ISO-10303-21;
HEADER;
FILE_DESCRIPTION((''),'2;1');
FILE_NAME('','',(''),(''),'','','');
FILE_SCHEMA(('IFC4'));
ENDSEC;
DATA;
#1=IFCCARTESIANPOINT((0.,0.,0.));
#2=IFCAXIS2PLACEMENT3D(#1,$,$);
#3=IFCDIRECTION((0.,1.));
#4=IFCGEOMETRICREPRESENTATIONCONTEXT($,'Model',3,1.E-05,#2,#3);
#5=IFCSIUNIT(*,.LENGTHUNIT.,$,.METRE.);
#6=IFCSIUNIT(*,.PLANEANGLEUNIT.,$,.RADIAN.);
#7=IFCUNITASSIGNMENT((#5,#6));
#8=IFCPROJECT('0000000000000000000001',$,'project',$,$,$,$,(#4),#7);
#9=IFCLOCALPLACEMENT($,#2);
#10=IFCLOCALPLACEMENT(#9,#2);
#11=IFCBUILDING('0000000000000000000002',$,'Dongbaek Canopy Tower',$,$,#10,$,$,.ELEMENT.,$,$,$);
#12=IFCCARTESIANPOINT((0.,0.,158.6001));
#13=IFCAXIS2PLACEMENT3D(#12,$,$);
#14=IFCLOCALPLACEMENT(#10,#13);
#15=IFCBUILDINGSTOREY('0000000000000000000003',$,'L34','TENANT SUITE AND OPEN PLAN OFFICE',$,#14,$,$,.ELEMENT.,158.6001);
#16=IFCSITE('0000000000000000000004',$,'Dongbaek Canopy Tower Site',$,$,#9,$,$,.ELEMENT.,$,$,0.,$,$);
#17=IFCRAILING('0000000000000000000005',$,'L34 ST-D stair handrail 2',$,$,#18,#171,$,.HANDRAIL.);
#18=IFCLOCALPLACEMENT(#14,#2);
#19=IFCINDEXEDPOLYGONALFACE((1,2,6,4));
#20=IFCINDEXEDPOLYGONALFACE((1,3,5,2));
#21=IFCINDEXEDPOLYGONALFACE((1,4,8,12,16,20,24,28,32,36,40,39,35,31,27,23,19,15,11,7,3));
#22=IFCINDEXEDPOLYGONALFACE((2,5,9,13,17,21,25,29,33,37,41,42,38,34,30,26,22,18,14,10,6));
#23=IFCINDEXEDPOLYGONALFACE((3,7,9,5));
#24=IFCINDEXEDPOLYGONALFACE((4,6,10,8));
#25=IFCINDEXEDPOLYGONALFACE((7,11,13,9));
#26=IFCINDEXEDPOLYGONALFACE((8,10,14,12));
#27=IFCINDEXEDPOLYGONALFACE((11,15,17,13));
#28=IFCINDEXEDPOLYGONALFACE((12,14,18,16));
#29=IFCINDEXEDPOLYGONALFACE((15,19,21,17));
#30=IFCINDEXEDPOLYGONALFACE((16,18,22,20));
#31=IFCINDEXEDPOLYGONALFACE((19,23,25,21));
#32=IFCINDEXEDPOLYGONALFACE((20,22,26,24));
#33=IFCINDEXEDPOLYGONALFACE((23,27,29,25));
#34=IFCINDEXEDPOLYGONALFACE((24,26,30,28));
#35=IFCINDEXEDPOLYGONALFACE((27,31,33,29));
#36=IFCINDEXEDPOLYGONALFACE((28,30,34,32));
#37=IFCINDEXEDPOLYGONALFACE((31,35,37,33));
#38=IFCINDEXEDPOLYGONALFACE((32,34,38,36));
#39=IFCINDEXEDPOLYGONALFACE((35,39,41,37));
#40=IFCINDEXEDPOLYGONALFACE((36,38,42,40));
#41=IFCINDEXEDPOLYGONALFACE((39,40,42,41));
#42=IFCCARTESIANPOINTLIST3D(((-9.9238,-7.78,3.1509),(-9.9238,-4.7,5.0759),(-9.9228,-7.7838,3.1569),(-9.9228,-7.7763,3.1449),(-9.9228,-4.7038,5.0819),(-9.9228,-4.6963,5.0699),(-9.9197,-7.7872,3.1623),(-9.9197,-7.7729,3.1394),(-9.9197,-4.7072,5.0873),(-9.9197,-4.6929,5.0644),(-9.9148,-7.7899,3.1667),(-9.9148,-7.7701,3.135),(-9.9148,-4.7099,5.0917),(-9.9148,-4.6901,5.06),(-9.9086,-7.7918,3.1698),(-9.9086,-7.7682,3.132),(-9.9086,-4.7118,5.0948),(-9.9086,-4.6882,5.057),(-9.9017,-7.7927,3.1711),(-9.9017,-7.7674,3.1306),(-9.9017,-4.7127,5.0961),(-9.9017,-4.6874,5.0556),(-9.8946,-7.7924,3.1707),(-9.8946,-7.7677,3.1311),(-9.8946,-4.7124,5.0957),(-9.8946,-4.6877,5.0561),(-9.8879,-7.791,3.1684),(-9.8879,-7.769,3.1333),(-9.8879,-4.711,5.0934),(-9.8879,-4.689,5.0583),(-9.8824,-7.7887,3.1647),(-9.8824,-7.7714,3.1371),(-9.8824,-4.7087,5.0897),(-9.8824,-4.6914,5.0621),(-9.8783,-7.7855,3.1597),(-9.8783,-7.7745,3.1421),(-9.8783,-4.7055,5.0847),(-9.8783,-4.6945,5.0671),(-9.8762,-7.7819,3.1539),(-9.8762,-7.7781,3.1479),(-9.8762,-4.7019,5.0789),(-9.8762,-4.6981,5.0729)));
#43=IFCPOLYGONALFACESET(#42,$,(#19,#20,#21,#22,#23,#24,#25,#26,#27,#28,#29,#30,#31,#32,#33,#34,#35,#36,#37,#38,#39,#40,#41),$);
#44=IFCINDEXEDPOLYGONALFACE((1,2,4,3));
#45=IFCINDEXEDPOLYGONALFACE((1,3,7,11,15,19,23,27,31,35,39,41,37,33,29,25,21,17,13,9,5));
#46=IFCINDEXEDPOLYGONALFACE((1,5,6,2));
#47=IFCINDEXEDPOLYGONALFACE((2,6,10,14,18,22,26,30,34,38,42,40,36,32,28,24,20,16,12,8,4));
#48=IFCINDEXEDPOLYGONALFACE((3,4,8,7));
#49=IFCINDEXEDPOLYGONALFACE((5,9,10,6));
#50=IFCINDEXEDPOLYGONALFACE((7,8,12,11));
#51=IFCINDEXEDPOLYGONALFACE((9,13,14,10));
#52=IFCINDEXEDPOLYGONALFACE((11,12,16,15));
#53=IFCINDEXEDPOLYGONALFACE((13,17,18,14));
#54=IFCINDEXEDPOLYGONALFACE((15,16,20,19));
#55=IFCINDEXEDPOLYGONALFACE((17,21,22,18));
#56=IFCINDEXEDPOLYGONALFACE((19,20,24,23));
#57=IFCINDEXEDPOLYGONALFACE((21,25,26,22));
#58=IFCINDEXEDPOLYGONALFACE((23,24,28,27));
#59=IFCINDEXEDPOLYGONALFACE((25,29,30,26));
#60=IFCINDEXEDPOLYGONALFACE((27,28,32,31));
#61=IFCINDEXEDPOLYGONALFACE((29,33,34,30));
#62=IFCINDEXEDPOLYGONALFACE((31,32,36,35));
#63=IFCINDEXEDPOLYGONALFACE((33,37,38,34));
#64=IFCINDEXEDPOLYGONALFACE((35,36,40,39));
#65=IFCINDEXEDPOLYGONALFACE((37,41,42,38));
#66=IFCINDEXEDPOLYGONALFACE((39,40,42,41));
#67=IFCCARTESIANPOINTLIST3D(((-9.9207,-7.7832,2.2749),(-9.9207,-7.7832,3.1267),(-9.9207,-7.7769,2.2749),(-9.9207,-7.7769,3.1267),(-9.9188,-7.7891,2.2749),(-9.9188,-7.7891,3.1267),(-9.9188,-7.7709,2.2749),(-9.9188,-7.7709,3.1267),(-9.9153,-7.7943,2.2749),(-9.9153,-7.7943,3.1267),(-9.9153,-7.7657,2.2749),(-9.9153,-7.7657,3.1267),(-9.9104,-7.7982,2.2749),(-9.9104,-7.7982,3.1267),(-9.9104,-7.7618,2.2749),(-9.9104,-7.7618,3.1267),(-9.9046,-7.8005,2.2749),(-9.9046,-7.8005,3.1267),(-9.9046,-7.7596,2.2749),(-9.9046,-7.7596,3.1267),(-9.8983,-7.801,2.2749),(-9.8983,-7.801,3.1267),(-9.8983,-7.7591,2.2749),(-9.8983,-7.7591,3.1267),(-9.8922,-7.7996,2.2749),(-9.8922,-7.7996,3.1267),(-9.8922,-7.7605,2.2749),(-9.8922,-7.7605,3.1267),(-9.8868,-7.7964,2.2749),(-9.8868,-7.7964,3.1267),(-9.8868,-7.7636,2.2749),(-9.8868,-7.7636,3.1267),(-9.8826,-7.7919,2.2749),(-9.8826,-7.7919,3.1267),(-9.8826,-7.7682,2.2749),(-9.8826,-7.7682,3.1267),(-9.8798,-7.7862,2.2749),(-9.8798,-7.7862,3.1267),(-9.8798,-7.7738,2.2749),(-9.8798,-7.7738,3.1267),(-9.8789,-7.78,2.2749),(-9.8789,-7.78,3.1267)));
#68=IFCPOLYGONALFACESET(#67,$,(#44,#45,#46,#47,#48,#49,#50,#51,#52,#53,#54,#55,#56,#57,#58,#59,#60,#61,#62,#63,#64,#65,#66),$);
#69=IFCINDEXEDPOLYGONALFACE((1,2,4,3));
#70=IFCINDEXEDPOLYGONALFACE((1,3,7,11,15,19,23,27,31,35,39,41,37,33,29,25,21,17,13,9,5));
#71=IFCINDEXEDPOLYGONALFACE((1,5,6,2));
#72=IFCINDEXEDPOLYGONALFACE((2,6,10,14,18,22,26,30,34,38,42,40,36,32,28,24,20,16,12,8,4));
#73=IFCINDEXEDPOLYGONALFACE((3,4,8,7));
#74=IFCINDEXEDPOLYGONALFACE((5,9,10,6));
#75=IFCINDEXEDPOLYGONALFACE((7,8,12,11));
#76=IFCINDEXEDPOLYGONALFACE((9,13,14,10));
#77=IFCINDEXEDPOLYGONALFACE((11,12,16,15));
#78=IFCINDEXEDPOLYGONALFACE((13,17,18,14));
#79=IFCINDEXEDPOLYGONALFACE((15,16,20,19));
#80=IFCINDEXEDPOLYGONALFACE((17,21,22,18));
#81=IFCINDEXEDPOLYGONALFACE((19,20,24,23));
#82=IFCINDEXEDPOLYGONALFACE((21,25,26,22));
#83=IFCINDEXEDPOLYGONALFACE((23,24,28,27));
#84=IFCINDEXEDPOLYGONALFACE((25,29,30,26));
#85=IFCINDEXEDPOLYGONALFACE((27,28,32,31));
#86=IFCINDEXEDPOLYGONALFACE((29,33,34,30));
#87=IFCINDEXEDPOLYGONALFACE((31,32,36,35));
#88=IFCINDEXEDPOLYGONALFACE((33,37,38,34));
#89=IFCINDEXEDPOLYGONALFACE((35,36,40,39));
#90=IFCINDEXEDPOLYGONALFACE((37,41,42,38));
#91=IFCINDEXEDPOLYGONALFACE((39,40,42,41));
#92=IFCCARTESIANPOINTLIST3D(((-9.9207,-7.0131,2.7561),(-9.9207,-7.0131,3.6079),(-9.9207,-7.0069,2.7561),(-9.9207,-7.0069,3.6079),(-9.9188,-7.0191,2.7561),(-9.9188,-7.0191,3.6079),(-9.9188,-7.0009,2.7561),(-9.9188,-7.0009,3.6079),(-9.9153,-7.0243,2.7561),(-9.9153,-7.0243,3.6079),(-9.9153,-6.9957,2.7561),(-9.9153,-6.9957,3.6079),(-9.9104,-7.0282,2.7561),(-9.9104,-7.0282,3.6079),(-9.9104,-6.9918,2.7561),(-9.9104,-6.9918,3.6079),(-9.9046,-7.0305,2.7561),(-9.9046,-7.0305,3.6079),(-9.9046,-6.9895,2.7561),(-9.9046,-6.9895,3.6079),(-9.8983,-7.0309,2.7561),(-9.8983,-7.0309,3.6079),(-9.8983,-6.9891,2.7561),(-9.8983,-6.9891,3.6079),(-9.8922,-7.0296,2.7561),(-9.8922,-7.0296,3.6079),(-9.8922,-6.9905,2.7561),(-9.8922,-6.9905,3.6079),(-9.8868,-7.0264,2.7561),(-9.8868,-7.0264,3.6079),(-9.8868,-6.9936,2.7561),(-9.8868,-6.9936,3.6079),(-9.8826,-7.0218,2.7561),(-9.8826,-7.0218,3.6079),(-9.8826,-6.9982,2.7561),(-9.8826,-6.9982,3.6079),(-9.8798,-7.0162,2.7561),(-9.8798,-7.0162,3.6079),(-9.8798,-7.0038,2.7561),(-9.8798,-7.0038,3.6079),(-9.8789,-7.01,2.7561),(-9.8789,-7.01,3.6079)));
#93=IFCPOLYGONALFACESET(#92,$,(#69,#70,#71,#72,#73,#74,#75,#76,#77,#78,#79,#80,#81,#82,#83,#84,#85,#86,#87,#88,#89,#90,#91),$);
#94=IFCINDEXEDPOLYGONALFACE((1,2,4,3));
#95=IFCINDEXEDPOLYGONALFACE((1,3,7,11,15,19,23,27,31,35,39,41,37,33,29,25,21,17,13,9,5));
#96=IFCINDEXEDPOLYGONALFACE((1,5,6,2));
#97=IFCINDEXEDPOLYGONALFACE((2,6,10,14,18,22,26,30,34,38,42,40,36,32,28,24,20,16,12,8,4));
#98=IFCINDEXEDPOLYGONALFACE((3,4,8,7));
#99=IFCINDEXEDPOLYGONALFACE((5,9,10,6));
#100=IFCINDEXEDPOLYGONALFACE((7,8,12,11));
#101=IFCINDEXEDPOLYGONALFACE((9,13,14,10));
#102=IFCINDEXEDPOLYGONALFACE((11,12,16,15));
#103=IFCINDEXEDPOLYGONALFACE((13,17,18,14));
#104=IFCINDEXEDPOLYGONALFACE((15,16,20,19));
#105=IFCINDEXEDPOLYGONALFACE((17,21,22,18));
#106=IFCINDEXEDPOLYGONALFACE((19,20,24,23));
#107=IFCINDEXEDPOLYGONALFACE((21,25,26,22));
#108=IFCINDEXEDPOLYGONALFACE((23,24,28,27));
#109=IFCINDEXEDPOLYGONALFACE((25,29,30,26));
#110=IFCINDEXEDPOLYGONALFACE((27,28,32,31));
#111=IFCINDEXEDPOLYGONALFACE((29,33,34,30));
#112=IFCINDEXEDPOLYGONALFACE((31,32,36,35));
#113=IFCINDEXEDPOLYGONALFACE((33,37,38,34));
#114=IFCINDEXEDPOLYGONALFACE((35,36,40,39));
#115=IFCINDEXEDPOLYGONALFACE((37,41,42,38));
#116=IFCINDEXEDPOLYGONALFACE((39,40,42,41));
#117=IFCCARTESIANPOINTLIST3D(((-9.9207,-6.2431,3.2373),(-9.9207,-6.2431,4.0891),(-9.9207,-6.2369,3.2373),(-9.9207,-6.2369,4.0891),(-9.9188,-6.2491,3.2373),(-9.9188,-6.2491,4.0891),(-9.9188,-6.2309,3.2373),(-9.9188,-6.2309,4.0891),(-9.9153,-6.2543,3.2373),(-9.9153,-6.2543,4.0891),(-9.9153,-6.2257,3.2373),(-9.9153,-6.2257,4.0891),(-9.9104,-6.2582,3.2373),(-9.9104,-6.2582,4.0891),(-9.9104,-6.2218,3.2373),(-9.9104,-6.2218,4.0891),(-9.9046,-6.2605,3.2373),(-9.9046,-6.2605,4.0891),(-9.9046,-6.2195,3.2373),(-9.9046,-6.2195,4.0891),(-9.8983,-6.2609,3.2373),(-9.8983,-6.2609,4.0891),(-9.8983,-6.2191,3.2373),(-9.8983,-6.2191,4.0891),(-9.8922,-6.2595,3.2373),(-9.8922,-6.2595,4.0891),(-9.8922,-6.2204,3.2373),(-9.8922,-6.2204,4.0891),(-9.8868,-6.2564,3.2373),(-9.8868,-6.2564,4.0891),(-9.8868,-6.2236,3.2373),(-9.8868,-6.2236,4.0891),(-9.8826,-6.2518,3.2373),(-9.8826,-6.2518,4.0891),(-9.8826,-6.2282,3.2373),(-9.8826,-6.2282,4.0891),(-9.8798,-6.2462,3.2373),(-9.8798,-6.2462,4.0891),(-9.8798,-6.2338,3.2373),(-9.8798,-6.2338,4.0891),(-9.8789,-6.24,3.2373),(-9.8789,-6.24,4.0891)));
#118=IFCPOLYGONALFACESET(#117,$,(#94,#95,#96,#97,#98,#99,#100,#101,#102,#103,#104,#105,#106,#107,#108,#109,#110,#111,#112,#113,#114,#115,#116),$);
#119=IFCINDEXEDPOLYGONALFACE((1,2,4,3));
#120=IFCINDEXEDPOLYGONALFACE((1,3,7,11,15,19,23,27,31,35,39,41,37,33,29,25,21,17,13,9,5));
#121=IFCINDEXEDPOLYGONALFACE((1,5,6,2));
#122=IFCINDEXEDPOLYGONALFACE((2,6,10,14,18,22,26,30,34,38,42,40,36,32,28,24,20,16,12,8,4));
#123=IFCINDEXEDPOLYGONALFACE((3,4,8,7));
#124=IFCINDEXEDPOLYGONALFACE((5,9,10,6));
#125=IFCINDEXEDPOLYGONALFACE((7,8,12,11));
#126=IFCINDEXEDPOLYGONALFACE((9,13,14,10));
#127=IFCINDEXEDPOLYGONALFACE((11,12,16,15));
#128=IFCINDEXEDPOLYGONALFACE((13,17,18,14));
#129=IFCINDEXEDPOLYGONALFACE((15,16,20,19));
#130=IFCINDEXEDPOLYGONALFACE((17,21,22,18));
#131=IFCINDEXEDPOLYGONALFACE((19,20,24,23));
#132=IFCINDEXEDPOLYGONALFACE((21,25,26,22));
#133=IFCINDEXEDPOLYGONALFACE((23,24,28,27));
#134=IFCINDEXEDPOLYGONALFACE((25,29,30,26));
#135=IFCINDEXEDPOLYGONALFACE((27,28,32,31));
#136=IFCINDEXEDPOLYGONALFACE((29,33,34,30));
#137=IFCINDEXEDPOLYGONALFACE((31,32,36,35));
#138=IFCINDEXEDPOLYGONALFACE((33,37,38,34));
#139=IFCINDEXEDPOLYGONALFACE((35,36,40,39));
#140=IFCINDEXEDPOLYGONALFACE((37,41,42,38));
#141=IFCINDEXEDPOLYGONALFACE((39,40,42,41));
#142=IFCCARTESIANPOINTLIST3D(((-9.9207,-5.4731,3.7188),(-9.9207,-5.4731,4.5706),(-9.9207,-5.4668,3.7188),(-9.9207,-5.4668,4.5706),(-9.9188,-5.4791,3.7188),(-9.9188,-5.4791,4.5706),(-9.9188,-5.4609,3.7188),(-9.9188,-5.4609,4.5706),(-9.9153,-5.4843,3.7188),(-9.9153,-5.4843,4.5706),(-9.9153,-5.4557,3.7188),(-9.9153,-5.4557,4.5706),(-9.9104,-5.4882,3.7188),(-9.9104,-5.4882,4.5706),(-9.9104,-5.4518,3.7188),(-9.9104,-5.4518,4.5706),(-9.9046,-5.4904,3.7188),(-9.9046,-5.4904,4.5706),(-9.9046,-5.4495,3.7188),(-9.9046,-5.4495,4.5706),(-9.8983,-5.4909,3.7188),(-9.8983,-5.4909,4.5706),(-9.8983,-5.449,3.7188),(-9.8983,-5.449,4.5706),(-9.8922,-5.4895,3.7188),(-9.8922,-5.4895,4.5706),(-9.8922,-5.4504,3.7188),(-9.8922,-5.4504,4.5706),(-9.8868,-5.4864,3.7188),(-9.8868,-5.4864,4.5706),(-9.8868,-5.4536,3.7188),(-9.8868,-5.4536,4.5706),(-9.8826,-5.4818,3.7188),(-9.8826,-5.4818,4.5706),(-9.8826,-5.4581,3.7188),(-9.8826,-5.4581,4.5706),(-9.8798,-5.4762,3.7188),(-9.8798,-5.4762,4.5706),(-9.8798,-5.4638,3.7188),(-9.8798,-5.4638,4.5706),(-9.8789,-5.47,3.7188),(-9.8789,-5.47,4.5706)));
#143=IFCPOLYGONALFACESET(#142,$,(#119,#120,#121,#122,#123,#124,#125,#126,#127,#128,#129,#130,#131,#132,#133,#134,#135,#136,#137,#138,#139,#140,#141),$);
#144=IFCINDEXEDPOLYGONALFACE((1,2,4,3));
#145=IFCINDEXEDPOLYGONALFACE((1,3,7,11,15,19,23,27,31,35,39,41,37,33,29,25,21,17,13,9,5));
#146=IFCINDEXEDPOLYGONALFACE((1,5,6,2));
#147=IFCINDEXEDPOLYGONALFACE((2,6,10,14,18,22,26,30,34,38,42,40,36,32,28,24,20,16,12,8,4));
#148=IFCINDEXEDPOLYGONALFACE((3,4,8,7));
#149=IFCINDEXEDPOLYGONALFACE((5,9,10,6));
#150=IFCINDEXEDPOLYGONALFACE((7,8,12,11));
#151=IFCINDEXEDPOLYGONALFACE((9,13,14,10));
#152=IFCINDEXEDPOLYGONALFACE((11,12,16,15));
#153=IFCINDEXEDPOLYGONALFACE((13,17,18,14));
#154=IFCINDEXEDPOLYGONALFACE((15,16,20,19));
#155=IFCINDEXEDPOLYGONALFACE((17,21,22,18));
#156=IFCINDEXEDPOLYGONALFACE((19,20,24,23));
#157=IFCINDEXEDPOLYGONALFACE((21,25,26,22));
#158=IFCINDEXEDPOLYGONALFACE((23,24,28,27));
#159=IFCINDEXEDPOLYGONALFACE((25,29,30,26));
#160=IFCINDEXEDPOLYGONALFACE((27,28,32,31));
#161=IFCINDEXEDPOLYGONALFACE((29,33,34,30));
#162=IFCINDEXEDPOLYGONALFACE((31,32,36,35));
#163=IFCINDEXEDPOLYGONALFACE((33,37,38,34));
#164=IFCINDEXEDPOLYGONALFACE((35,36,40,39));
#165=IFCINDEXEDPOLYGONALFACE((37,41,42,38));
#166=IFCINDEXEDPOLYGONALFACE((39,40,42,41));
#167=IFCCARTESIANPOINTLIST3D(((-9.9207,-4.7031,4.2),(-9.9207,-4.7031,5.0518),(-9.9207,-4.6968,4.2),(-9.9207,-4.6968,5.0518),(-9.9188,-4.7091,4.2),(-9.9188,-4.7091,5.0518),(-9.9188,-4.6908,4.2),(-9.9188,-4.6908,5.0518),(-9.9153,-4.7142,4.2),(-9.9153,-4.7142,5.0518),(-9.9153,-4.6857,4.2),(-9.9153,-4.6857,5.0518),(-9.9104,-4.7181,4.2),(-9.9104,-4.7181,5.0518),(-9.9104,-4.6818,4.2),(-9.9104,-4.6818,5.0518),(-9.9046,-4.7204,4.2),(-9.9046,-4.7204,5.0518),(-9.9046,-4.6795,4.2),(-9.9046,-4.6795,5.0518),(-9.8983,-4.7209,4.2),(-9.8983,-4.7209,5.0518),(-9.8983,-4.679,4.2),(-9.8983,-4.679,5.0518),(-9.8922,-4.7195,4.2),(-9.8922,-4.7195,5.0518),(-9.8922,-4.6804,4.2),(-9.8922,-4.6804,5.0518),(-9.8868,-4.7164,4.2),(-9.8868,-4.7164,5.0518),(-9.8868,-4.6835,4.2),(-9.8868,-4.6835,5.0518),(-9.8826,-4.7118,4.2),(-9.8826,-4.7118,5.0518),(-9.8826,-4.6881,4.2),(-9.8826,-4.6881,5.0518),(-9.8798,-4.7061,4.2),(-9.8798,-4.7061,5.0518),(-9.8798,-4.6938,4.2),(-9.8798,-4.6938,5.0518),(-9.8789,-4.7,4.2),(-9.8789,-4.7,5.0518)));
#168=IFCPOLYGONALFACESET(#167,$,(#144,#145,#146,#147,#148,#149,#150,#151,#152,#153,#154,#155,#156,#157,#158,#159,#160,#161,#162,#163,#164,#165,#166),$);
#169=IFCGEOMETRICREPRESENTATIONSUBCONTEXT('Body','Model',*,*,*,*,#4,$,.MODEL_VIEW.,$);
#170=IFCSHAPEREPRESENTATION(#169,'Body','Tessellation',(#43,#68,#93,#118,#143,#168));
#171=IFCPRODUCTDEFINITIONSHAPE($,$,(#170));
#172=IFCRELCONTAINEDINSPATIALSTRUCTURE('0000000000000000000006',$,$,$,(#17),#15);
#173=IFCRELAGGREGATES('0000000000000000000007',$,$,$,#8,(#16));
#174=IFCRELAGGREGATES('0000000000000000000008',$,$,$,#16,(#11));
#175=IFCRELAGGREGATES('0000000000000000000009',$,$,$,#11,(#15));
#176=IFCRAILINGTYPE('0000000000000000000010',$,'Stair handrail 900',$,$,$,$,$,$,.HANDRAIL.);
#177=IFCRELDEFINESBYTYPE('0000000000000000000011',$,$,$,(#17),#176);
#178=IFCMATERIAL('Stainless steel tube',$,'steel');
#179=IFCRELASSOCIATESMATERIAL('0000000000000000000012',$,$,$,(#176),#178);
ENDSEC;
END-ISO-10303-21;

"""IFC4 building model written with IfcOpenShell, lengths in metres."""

from ifc_helpers import new_model, si_unit, direction, frame, origin, origin_2d, place, context, subcontext, project, spatial, circle, extrude, material, type_object, element, save


model = new_model("IFC4")

# Units and contexts
model_context = context("Model", 3, precision=1e-05, world=origin(), true_north=direction((0.0, 1.0)))
body_context = subcontext(model_context, "Body", "Model", "MODEL_VIEW")
ifc_project = project(units=[si_unit("LENGTHUNIT", "METRE"), si_unit("PLANEANGLEUNIT", "RADIAN")], contexts=[model_context])

# Site, building, storey
site_placement = place(None, origin())
site = spatial("IfcSite", under=ifc_project, at=site_placement, Name="Dongbaek Canopy Tower Site", CompositionType="ELEMENT", RefElevation=0.0)
building_placement = place(site_placement, origin())
building = spatial("IfcBuilding", under=site, at=building_placement, Name="Dongbaek Canopy Tower", CompositionType="ELEMENT")
storey_placement = place(building_placement, frame((0.0, 0.0, 158.6001)))
storey = spatial("IfcBuildingStorey", under=building, at=storey_placement, Name="L34", Description="TENANT SUITE AND OPEN PLAN OFFICE", CompositionType="ELEMENT", Elevation=158.6001)

# Railing
ifc_material_1 = material(Name="Stainless steel tube", Category="steel")
railing_type_1 = type_object("IfcRailingType", Name="Stair handrail 900", PredefinedType="HANDRAIL", material=ifc_material_1)
railing_1_placement = place(storey_placement, frame((-9.8999, -7.78, 2.2749)))
element("IfcRailing", 1, at=railing_1_placement, inside=storey, type_object=railing_type_1, Name="L34 ST-D stair handrail 2", PredefinedType="HANDRAIL", context=body_context, shape_type="SweptSolid", body=[
    extrude(circle(Radius=0.0239, at=origin_2d()), frame((0.0, 0.0, 0.876), z_axis=(0.0, 0.847998, 0.529999), x_axis=(-1.0, 0.0, 0.0)), (0.0, 0.0, 1.0), 3.6321),
    extrude(circle(Radius=0.021, at=origin_2d()), origin(), (0.0, 0.0, 1.0), 0.8518),
    extrude(circle(Radius=0.021, at=origin_2d()), frame((0.0, 0.77, 0.4812)), (0.0, 0.0, 1.0), 0.8518),
    extrude(circle(Radius=0.021, at=origin_2d()), frame((0.0, 1.54, 0.9624)), (0.0, 0.0, 1.0), 0.8518),
    extrude(circle(Radius=0.021, at=origin_2d()), frame((0.0, 2.3101, 1.4438)), (0.0, 0.0, 1.0), 0.8518),
    extrude(circle(Radius=0.021, at=origin_2d()), frame((0.0, 3.0801, 1.925)), (0.0, 0.0, 1.0), 0.8518),
])

save(model, "model.ifc")
